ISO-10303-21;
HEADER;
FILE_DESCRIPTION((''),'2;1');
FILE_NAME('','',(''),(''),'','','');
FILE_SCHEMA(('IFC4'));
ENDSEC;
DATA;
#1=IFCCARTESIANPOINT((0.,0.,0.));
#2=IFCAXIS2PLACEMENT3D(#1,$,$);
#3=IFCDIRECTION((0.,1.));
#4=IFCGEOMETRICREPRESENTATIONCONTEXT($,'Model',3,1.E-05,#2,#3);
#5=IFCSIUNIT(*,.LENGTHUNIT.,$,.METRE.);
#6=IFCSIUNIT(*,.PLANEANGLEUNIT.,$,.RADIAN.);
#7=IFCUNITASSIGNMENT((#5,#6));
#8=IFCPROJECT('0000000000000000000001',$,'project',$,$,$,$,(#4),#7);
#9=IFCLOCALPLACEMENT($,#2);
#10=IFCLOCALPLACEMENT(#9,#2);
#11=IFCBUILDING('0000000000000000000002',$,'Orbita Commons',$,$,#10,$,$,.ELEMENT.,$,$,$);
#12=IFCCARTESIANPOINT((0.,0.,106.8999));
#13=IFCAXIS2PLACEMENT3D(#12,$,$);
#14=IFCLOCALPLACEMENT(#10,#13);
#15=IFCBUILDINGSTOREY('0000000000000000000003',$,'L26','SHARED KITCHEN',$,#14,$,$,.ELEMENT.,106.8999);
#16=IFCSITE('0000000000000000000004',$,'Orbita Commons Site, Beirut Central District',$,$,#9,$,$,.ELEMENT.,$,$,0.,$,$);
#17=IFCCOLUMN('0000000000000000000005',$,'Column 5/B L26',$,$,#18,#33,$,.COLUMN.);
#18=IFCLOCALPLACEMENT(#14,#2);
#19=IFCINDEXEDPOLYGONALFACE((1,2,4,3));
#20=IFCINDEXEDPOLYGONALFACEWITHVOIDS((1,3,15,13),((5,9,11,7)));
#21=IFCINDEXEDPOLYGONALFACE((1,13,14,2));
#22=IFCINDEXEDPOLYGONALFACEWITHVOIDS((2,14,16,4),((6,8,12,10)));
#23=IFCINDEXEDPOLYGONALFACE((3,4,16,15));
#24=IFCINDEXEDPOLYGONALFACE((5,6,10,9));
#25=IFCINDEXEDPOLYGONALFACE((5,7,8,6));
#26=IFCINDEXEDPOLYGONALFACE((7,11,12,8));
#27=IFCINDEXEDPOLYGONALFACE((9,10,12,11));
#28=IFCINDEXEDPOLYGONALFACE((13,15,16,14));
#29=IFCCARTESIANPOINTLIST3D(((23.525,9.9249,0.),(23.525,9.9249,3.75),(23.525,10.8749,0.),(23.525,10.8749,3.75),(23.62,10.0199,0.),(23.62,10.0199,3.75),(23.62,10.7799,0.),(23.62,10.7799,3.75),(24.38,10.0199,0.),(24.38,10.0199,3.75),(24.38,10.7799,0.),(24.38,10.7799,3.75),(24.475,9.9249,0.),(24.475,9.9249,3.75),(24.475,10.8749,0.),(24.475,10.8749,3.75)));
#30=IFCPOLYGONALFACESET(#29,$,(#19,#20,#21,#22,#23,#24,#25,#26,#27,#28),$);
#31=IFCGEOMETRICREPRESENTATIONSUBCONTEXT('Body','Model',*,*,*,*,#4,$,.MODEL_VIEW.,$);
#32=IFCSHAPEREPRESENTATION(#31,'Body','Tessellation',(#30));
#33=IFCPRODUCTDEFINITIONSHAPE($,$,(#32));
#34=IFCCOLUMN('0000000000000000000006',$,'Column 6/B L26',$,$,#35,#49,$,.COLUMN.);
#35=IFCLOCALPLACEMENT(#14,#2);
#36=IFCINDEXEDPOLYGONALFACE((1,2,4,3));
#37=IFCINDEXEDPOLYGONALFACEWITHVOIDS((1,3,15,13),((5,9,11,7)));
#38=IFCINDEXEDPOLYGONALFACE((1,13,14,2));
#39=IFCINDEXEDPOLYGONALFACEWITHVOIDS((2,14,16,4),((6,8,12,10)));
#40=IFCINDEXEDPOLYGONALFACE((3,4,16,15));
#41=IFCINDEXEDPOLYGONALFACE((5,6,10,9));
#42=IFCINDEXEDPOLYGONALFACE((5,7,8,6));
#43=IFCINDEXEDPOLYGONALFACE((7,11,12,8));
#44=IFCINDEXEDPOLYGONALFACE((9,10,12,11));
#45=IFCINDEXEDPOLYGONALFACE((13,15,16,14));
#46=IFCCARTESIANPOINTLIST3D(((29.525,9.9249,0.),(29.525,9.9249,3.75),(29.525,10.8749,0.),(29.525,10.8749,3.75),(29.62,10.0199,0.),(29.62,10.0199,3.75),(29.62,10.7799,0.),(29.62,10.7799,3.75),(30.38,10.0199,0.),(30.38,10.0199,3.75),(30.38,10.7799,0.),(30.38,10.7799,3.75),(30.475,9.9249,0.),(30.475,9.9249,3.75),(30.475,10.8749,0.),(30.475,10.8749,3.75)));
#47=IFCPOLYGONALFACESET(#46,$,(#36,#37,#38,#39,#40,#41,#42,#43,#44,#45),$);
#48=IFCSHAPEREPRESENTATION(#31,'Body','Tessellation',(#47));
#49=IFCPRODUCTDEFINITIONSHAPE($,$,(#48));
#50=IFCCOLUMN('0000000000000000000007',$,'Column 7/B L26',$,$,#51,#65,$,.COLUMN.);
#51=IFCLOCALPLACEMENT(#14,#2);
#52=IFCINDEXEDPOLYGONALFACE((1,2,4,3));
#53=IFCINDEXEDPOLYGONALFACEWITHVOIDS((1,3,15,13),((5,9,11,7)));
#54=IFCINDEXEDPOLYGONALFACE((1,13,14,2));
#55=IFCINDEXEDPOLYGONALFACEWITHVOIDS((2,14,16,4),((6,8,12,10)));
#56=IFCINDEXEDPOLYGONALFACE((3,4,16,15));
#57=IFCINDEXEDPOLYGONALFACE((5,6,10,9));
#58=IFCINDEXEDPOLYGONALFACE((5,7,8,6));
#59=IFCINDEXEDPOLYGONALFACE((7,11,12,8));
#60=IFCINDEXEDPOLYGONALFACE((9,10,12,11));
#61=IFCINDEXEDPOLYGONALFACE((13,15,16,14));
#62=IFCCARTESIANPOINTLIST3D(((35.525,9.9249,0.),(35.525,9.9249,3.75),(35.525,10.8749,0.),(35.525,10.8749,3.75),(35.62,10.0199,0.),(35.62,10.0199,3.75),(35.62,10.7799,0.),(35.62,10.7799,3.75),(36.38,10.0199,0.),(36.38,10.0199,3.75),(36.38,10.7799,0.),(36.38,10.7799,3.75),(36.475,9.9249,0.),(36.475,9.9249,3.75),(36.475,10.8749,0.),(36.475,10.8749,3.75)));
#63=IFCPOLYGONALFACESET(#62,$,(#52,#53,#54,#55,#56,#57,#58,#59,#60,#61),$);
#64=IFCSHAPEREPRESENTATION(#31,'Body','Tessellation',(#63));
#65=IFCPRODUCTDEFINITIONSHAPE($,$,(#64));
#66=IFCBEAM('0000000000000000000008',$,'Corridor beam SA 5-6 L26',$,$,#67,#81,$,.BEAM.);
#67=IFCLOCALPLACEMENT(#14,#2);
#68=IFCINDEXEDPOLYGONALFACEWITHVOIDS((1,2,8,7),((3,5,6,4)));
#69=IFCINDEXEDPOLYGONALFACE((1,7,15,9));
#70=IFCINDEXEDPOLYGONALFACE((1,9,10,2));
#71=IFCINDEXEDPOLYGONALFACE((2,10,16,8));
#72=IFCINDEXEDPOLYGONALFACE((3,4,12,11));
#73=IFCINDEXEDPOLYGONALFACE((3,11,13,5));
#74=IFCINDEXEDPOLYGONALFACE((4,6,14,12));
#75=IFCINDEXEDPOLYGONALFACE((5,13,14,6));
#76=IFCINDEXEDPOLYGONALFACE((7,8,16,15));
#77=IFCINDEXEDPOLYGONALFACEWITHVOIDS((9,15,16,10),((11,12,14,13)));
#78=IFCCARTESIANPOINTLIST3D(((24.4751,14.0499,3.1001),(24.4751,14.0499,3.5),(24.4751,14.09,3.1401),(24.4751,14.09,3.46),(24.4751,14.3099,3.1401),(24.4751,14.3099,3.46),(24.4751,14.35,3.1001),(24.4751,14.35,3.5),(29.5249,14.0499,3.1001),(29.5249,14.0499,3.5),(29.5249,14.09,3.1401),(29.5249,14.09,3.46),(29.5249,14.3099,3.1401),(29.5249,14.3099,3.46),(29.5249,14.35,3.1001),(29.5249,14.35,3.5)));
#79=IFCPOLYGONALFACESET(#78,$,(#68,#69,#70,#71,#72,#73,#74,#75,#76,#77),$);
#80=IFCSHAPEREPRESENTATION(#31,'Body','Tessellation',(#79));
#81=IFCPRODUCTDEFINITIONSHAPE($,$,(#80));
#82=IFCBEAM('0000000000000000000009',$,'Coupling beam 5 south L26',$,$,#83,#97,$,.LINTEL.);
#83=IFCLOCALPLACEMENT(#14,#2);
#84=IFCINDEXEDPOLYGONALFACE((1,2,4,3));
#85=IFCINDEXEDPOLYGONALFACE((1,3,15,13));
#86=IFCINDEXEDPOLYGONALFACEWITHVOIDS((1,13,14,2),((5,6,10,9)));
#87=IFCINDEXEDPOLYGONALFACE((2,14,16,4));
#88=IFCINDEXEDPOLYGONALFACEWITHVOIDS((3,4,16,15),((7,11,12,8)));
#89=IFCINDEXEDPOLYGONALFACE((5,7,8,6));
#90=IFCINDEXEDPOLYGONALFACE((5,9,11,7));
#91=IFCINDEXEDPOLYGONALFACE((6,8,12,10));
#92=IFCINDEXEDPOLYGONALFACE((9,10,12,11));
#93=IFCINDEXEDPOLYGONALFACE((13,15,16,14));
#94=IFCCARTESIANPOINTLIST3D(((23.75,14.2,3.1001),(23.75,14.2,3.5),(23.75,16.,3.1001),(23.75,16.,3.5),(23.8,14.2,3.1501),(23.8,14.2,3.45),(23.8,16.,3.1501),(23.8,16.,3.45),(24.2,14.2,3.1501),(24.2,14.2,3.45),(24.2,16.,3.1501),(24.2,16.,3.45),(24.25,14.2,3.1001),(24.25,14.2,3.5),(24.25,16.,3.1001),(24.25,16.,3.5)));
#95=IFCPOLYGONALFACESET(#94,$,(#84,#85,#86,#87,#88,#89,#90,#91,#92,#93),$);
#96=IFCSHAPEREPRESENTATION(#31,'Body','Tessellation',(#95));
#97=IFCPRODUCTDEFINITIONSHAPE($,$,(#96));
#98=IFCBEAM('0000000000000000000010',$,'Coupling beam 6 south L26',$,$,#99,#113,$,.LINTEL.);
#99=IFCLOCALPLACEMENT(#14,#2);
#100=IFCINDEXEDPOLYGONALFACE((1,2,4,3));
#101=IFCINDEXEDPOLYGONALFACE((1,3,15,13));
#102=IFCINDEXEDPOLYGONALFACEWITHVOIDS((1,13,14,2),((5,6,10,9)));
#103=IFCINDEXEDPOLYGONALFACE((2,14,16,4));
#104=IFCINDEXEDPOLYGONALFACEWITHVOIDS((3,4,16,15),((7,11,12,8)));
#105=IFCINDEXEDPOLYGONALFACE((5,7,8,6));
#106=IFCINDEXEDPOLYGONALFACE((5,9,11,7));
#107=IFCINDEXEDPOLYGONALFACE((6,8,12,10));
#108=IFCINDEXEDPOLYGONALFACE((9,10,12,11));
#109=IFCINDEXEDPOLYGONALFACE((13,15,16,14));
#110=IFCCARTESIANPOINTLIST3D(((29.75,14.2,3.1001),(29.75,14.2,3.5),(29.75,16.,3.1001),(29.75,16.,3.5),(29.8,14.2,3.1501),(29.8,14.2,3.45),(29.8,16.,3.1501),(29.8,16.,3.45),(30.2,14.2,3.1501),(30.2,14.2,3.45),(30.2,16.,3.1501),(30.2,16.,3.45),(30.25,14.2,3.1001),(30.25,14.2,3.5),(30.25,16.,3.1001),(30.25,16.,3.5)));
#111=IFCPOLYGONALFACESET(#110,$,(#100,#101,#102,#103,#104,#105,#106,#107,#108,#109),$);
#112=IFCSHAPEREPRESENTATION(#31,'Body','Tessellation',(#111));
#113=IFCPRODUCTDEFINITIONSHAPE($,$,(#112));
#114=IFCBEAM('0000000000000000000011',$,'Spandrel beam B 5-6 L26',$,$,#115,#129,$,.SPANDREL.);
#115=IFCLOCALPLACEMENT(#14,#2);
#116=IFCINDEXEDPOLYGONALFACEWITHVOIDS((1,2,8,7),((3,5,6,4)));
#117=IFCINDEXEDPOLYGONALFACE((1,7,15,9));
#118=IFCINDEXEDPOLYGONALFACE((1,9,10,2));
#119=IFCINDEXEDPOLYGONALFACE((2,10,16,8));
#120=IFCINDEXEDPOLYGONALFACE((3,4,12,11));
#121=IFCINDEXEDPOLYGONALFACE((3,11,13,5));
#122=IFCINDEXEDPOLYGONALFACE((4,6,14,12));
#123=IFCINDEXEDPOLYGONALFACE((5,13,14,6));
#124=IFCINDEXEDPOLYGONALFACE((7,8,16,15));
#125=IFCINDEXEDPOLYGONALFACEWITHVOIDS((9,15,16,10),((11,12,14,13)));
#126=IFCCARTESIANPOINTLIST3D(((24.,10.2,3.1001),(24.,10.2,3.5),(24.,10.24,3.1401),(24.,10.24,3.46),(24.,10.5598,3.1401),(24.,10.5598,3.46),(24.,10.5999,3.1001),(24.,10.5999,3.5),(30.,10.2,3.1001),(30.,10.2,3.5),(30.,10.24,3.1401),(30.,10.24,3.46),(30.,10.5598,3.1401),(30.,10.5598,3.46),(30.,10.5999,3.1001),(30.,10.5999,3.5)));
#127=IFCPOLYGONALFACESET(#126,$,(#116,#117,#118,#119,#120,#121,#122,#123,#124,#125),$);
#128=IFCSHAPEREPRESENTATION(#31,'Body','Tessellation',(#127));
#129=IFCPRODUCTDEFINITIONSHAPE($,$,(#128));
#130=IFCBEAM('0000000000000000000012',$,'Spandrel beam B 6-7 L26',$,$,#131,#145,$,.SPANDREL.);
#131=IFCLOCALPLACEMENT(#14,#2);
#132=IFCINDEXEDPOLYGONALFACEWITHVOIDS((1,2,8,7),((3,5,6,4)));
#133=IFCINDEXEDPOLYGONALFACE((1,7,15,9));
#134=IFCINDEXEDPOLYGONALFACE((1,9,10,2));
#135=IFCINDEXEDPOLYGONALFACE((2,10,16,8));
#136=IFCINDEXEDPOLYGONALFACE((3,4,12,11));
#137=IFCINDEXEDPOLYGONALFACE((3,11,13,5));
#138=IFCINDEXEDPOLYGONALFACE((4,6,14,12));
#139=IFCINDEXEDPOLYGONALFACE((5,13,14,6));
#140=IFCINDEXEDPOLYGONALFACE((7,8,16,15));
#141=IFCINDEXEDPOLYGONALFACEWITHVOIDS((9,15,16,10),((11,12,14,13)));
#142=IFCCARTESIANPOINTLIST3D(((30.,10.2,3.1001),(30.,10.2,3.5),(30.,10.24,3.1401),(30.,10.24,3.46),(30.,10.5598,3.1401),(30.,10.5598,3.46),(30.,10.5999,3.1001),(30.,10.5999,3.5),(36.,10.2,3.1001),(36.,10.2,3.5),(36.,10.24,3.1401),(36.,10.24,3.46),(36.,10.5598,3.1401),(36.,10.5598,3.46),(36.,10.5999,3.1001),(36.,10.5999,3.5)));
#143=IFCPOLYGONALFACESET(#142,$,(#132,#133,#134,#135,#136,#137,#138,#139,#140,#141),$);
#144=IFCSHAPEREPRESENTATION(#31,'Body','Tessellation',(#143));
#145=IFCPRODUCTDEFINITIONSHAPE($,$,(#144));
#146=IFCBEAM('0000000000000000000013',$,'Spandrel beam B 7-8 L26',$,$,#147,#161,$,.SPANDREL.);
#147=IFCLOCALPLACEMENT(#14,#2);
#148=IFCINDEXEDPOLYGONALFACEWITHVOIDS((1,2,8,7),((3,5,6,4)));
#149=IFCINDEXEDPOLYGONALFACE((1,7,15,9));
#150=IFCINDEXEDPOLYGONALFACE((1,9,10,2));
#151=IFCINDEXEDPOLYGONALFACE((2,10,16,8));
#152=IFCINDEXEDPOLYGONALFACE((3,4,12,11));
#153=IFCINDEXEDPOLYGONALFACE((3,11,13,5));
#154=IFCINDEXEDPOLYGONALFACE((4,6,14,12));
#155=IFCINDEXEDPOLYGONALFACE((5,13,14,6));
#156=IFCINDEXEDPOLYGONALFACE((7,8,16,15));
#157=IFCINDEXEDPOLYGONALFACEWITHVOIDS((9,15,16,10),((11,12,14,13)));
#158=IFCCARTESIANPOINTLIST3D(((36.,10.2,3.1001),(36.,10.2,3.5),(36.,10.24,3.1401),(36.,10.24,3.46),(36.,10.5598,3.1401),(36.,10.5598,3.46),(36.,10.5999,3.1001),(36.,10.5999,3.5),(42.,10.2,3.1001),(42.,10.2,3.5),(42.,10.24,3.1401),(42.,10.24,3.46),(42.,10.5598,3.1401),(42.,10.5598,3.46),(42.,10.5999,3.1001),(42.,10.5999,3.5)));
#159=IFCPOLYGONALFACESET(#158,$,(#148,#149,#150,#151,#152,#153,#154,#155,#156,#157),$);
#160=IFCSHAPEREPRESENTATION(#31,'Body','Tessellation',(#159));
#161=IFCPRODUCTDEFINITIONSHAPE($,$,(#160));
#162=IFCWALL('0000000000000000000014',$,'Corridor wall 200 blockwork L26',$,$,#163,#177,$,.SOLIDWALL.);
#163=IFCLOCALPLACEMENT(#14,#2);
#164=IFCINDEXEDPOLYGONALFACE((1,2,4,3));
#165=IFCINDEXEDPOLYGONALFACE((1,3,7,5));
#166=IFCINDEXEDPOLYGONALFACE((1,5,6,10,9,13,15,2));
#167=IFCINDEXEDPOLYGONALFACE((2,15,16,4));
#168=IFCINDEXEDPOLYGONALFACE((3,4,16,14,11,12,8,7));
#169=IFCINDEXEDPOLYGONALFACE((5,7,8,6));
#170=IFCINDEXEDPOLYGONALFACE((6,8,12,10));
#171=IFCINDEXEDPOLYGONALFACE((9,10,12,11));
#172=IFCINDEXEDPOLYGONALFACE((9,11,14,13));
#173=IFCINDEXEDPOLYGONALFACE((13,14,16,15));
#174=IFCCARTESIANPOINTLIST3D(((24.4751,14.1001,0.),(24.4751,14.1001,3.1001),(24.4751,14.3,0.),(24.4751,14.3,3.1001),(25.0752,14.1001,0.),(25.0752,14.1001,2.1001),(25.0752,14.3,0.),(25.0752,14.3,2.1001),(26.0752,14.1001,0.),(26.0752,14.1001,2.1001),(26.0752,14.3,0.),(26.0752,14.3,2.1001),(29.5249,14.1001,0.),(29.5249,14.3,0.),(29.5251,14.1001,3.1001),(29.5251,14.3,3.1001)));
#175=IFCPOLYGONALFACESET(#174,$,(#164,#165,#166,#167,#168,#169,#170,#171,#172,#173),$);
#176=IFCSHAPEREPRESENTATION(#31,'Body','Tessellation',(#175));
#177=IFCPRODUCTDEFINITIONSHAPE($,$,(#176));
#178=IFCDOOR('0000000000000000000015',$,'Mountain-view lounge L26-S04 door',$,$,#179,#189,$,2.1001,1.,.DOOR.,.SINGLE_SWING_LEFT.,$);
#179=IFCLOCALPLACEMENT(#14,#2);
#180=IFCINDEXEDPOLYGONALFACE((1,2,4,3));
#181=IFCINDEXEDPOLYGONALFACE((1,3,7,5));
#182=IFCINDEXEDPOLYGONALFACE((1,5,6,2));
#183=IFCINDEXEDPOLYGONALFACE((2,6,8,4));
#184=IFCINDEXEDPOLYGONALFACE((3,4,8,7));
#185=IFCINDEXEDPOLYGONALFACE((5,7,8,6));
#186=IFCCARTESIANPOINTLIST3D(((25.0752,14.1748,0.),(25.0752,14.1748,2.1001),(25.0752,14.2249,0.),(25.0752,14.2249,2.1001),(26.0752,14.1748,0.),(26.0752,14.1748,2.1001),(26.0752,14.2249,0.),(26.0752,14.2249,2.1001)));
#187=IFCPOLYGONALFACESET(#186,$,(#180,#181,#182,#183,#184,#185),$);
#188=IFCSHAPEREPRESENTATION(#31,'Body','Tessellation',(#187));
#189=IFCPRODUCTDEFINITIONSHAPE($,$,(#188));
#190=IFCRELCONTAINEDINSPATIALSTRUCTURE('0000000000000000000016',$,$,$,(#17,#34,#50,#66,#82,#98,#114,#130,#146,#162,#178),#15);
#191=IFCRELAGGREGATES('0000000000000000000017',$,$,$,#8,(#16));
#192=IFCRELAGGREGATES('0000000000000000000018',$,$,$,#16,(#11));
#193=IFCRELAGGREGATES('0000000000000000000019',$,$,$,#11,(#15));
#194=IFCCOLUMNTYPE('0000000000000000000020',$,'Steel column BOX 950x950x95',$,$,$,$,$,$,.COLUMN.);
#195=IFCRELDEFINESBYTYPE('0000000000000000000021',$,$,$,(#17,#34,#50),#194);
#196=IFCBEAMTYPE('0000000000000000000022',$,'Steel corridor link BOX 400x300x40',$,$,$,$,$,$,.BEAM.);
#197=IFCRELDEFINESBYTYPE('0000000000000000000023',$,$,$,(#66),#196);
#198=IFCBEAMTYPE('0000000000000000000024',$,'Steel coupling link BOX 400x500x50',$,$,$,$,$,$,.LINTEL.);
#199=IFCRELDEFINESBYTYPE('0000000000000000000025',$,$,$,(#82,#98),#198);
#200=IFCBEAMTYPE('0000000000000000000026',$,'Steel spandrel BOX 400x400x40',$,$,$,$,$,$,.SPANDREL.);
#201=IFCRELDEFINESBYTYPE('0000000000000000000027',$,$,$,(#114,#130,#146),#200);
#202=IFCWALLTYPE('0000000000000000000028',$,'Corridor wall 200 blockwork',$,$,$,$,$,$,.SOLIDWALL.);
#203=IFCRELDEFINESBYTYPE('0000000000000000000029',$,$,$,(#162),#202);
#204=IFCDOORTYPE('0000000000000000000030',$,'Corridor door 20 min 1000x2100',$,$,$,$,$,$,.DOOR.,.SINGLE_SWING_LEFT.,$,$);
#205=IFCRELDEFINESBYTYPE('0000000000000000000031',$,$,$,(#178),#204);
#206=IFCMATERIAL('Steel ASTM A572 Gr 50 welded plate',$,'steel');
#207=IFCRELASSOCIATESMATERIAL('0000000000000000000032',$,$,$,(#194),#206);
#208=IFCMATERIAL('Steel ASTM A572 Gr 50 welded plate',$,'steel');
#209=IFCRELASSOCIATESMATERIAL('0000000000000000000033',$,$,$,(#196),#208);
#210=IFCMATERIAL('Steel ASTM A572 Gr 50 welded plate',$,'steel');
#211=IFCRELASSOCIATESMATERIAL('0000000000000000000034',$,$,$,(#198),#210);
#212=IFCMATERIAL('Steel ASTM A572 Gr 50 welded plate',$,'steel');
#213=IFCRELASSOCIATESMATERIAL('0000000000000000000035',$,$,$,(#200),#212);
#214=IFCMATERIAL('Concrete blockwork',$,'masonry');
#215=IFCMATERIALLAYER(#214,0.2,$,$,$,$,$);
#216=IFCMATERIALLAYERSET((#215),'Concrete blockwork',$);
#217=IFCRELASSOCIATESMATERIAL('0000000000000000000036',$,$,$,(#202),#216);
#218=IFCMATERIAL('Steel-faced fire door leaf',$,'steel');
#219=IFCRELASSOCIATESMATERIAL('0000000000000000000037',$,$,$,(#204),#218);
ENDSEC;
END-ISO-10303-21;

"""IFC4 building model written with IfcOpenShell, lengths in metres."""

from ifc_helpers import new_model, si_unit, direction, frame, frame_2d, origin, origin_2d, place, context, subcontext, project, spatial, polyline, rectangle, hollow_rectangle, outline, extrude, material, layer, layer_set, material_profile, profile_set, type_object, element, fill, save


model = new_model("IFC4")

# Units and contexts
model_context = context("Model", 3, precision=1e-05, world=origin(), true_north=direction((0.0, 1.0)))
body_context = subcontext(model_context, "Body", "Model", "MODEL_VIEW")
ifc_project = project(units=[si_unit("LENGTHUNIT", "METRE"), si_unit("PLANEANGLEUNIT", "RADIAN")], contexts=[model_context])

# Site, building, storey
site_placement = place(None, origin())
site = spatial("IfcSite", under=ifc_project, at=site_placement, Name="Orbita Commons Site, Beirut Central District", CompositionType="ELEMENT", RefElevation=0.0)
building_placement = place(site_placement, origin())
building = spatial("IfcBuilding", under=site, at=building_placement, Name="Orbita Commons", CompositionType="ELEMENT")
storey_placement = place(building_placement, frame((0.0, 0.0, 106.8999)))
storey = spatial("IfcBuildingStorey", under=building, at=storey_placement, Name="L26", Description="SHARED KITCHEN", CompositionType="ELEMENT", Elevation=106.8999)

# Columns
ifc_material_1 = material(Name="Steel ASTM A572 Gr 50 welded plate", Category="steel")
ifc_material_profile_1 = material_profile(ifc_material_1, hollow_rectangle(XDim=0.95, YDim=0.95, WallThickness=0.095, at=origin_2d()), Name="BOX 950x950x95")
ifc_profile_set_1 = profile_set([ifc_material_profile_1], Name="Steel ASTM A572 Gr 50 welded plate")
column_type = type_object("IfcColumnType", Name="Steel column BOX 950x950x95", PredefinedType="COLUMN", material=ifc_profile_set_1)
for number, where, z_axis, x_axis, name in (
    (1, (24.0, 10.3999, 0.0), (0.0, 0.0, 1.0), (1.0, 0.0, 0.0), "Column 5/B L26"),
    (2, (30.0, 10.3999, 0.0), (0.0, 0.0, 1.0), (1.0, 0.0, 0.0), "Column 6/B L26"),
    (3, (36.0, 10.3999, 0.0), (0.0, 0.0, 1.0), (1.0, 0.0, 0.0), "Column 7/B L26"),
):
    element("IfcColumn", number, at=place(storey_placement, frame(where, z_axis=z_axis, x_axis=x_axis)), inside=storey, type_object=column_type, Name=name, PredefinedType="COLUMN", context=body_context, shape_type="SweptSolid", body=[
        extrude(hollow_rectangle(XDim=0.95, YDim=0.95, WallThickness=0.095, at=origin_2d()), origin(), (0.0, 0.0, 1.0), 3.75),
    ])

# Beams
ifc_material_2 = material(Name="Steel ASTM A572 Gr 50 welded plate", Category="steel")
ifc_material_profile_2 = material_profile(ifc_material_2, hollow_rectangle(XDim=0.3, YDim=0.3999, WallThickness=0.04, at=origin_2d()), Name="BOX 400x300x40")
ifc_profile_set_2 = profile_set([ifc_material_profile_2], Name="Steel ASTM A572 Gr 50 welded plate")
beam_type_1 = type_object("IfcBeamType", Name="Steel corridor link BOX 400x300x40", PredefinedType="BEAM", material=ifc_profile_set_2)
beam_placement = place(storey_placement, frame((24.4751, 14.2, 3.3), z_axis=(1.0, 0.0, 0.0), x_axis=(0.0, 1.0, 0.0)))
element("IfcBeam", 4, at=beam_placement, inside=storey, type_object=beam_type_1, Name="Corridor beam SA 5-6 L26", PredefinedType="BEAM", context=body_context, shape_type="SweptSolid", body=[
    extrude(hollow_rectangle(XDim=0.3, YDim=0.3999, WallThickness=0.04, at=origin_2d()), origin(), (0.0, 0.0, 1.0), 5.0498),
])
ifc_material_3 = material(Name="Steel ASTM A572 Gr 50 welded plate", Category="steel")
ifc_material_profile_3 = material_profile(ifc_material_3, hollow_rectangle(XDim=0.5, YDim=0.3999, WallThickness=0.05, at=origin_2d()), Name="BOX 400x500x50")
ifc_profile_set_3 = profile_set([ifc_material_profile_3], Name="Steel ASTM A572 Gr 50 welded plate")
beam_type_2 = type_object("IfcBeamType", Name="Steel coupling link BOX 400x500x50", PredefinedType="LINTEL", material=ifc_profile_set_3)
for number, where, z_axis, x_axis, name in (
    (5, (24.0, 14.2, 3.3), (0.0, 1.0, 0.0), (-1.0, 0.0, 0.0), "Coupling beam 5 south L26"),
    (6, (30.0, 14.2, 3.3), (0.0, 1.0, 0.0), (-1.0, 0.0, 0.0), "Coupling beam 6 south L26"),
):
    element("IfcBeam", number, at=place(storey_placement, frame(where, z_axis=z_axis, x_axis=x_axis)), inside=storey, type_object=beam_type_2, Name=name, PredefinedType="LINTEL", context=body_context, shape_type="SweptSolid", body=[
        extrude(hollow_rectangle(XDim=0.5, YDim=0.3999, WallThickness=0.05, at=origin_2d()), origin(), (0.0, 0.0, 1.0), 1.8),
    ])
ifc_material_4 = material(Name="Steel ASTM A572 Gr 50 welded plate", Category="steel")
ifc_material_profile_4 = material_profile(ifc_material_4, hollow_rectangle(XDim=0.3999, YDim=0.3999, WallThickness=0.04, at=origin_2d()), Name="BOX 400x400x40")
ifc_profile_set_4 = profile_set([ifc_material_profile_4], Name="Steel ASTM A572 Gr 50 welded plate")
beam_type_3 = type_object("IfcBeamType", Name="Steel spandrel BOX 400x400x40", PredefinedType="SPANDREL", material=ifc_profile_set_4)
for number, where, z_axis, x_axis, name in (
    (7, (24.0, 10.3999, 3.3), (1.0, 0.0, 0.0), (0.0, 1.0, 0.0), "Spandrel beam B 5-6 L26"),
    (8, (30.0, 10.3999, 3.3), (1.0, 0.0, 0.0), (0.0, 1.0, 0.0), "Spandrel beam B 6-7 L26"),
    (9, (36.0, 10.3999, 3.3), (1.0, 0.0, 0.0), (0.0, 1.0, 0.0), "Spandrel beam B 7-8 L26"),
):
    element("IfcBeam", number, at=place(storey_placement, frame(where, z_axis=z_axis, x_axis=x_axis)), inside=storey, type_object=beam_type_3, Name=name, PredefinedType="SPANDREL", context=body_context, shape_type="SweptSolid", body=[
        extrude(hollow_rectangle(XDim=0.3999, YDim=0.3999, WallThickness=0.04, at=origin_2d()), origin(), (0.0, 0.0, 1.0), 6.0),
    ])

# Wall, opening, door
ifc_material_5 = material(Name="Concrete blockwork", Category="masonry")
ifc_layer_1 = layer(ifc_material_5, 0.2)
ifc_layer_set_1 = layer_set([ifc_layer_1], Name="Concrete blockwork")
wall_type_1 = type_object("IfcWallType", Name="Corridor wall 200 blockwork", PredefinedType="SOLIDWALL", material=ifc_layer_set_1)
wall_1_placement = place(storey_placement, frame((24.4751, 14.2, 0.0), z_axis=(0.0, 0.0, 1.0), x_axis=(1.0, 0.0, 0.0)))
wall_1 = element("IfcWall", 10, at=wall_1_placement, inside=storey, type_object=wall_type_1, Name="Corridor wall 200 blockwork L26", PredefinedType="SOLIDWALL", context=body_context, shape_type="SweptSolid", body=[
    extrude(outline(polyline([(0.0, 0.0), (5.0498, 0.0), (5.05, 3.1001), (0.0, 3.1001), (0.0, 0.0)])), frame((0.0, 0.1001, 0.0), z_axis=(0.0, -1.0, 0.0), x_axis=(1.0, 0.0, 0.0)), (0.0, 0.0, 1.0), 0.2),
])
opening_1_placement = place(wall_1_placement, frame((0.6001, 0.0, 0.0)))
opening_1 = element("IfcOpeningElement", 11, at=opening_1_placement, cuts=wall_1, PredefinedType="OPENING", context=body_context, shape_type="SweptSolid", body=[
    extrude(rectangle(XDim=1.0, YDim=2.1001, at=frame_2d((0.5, 1.05))), frame((0.0, 0.1099, 0.0), z_axis=(0.0, -1.0, 0.0), x_axis=(1.0, 0.0, 0.0)), (0.0, 0.0, 1.0), 0.22),
])
ifc_material_6 = material(Name="Steel-faced fire door leaf", Category="steel")
door_type_1 = type_object("IfcDoorType", Name="Corridor door 20 min 1000x2100", OperationType="SINGLE_SWING_LEFT", PredefinedType="DOOR", material=ifc_material_6)
door_1_placement = place(opening_1_placement, origin())
door_1 = element("IfcDoor", 12, at=door_1_placement, inside=storey, type_object=door_type_1, Name="Mountain-view lounge L26-S04 door", OperationType="SINGLE_SWING_LEFT", OverallHeight=2.1001, OverallWidth=1.0, PredefinedType="DOOR", context=body_context, shape_type="SweptSolid", body=[
    extrude(rectangle(XDim=1.0, YDim=2.1001, at=frame_2d((0.5, 1.05))), frame((0.0, 0.0249, 0.0), z_axis=(0.0, -1.0, 0.0), x_axis=(1.0, 0.0, 0.0)), (0.0, 0.0, 1.0), 0.05),
])
fill(opening_1, door_1)

save(model, "model.ifc")
